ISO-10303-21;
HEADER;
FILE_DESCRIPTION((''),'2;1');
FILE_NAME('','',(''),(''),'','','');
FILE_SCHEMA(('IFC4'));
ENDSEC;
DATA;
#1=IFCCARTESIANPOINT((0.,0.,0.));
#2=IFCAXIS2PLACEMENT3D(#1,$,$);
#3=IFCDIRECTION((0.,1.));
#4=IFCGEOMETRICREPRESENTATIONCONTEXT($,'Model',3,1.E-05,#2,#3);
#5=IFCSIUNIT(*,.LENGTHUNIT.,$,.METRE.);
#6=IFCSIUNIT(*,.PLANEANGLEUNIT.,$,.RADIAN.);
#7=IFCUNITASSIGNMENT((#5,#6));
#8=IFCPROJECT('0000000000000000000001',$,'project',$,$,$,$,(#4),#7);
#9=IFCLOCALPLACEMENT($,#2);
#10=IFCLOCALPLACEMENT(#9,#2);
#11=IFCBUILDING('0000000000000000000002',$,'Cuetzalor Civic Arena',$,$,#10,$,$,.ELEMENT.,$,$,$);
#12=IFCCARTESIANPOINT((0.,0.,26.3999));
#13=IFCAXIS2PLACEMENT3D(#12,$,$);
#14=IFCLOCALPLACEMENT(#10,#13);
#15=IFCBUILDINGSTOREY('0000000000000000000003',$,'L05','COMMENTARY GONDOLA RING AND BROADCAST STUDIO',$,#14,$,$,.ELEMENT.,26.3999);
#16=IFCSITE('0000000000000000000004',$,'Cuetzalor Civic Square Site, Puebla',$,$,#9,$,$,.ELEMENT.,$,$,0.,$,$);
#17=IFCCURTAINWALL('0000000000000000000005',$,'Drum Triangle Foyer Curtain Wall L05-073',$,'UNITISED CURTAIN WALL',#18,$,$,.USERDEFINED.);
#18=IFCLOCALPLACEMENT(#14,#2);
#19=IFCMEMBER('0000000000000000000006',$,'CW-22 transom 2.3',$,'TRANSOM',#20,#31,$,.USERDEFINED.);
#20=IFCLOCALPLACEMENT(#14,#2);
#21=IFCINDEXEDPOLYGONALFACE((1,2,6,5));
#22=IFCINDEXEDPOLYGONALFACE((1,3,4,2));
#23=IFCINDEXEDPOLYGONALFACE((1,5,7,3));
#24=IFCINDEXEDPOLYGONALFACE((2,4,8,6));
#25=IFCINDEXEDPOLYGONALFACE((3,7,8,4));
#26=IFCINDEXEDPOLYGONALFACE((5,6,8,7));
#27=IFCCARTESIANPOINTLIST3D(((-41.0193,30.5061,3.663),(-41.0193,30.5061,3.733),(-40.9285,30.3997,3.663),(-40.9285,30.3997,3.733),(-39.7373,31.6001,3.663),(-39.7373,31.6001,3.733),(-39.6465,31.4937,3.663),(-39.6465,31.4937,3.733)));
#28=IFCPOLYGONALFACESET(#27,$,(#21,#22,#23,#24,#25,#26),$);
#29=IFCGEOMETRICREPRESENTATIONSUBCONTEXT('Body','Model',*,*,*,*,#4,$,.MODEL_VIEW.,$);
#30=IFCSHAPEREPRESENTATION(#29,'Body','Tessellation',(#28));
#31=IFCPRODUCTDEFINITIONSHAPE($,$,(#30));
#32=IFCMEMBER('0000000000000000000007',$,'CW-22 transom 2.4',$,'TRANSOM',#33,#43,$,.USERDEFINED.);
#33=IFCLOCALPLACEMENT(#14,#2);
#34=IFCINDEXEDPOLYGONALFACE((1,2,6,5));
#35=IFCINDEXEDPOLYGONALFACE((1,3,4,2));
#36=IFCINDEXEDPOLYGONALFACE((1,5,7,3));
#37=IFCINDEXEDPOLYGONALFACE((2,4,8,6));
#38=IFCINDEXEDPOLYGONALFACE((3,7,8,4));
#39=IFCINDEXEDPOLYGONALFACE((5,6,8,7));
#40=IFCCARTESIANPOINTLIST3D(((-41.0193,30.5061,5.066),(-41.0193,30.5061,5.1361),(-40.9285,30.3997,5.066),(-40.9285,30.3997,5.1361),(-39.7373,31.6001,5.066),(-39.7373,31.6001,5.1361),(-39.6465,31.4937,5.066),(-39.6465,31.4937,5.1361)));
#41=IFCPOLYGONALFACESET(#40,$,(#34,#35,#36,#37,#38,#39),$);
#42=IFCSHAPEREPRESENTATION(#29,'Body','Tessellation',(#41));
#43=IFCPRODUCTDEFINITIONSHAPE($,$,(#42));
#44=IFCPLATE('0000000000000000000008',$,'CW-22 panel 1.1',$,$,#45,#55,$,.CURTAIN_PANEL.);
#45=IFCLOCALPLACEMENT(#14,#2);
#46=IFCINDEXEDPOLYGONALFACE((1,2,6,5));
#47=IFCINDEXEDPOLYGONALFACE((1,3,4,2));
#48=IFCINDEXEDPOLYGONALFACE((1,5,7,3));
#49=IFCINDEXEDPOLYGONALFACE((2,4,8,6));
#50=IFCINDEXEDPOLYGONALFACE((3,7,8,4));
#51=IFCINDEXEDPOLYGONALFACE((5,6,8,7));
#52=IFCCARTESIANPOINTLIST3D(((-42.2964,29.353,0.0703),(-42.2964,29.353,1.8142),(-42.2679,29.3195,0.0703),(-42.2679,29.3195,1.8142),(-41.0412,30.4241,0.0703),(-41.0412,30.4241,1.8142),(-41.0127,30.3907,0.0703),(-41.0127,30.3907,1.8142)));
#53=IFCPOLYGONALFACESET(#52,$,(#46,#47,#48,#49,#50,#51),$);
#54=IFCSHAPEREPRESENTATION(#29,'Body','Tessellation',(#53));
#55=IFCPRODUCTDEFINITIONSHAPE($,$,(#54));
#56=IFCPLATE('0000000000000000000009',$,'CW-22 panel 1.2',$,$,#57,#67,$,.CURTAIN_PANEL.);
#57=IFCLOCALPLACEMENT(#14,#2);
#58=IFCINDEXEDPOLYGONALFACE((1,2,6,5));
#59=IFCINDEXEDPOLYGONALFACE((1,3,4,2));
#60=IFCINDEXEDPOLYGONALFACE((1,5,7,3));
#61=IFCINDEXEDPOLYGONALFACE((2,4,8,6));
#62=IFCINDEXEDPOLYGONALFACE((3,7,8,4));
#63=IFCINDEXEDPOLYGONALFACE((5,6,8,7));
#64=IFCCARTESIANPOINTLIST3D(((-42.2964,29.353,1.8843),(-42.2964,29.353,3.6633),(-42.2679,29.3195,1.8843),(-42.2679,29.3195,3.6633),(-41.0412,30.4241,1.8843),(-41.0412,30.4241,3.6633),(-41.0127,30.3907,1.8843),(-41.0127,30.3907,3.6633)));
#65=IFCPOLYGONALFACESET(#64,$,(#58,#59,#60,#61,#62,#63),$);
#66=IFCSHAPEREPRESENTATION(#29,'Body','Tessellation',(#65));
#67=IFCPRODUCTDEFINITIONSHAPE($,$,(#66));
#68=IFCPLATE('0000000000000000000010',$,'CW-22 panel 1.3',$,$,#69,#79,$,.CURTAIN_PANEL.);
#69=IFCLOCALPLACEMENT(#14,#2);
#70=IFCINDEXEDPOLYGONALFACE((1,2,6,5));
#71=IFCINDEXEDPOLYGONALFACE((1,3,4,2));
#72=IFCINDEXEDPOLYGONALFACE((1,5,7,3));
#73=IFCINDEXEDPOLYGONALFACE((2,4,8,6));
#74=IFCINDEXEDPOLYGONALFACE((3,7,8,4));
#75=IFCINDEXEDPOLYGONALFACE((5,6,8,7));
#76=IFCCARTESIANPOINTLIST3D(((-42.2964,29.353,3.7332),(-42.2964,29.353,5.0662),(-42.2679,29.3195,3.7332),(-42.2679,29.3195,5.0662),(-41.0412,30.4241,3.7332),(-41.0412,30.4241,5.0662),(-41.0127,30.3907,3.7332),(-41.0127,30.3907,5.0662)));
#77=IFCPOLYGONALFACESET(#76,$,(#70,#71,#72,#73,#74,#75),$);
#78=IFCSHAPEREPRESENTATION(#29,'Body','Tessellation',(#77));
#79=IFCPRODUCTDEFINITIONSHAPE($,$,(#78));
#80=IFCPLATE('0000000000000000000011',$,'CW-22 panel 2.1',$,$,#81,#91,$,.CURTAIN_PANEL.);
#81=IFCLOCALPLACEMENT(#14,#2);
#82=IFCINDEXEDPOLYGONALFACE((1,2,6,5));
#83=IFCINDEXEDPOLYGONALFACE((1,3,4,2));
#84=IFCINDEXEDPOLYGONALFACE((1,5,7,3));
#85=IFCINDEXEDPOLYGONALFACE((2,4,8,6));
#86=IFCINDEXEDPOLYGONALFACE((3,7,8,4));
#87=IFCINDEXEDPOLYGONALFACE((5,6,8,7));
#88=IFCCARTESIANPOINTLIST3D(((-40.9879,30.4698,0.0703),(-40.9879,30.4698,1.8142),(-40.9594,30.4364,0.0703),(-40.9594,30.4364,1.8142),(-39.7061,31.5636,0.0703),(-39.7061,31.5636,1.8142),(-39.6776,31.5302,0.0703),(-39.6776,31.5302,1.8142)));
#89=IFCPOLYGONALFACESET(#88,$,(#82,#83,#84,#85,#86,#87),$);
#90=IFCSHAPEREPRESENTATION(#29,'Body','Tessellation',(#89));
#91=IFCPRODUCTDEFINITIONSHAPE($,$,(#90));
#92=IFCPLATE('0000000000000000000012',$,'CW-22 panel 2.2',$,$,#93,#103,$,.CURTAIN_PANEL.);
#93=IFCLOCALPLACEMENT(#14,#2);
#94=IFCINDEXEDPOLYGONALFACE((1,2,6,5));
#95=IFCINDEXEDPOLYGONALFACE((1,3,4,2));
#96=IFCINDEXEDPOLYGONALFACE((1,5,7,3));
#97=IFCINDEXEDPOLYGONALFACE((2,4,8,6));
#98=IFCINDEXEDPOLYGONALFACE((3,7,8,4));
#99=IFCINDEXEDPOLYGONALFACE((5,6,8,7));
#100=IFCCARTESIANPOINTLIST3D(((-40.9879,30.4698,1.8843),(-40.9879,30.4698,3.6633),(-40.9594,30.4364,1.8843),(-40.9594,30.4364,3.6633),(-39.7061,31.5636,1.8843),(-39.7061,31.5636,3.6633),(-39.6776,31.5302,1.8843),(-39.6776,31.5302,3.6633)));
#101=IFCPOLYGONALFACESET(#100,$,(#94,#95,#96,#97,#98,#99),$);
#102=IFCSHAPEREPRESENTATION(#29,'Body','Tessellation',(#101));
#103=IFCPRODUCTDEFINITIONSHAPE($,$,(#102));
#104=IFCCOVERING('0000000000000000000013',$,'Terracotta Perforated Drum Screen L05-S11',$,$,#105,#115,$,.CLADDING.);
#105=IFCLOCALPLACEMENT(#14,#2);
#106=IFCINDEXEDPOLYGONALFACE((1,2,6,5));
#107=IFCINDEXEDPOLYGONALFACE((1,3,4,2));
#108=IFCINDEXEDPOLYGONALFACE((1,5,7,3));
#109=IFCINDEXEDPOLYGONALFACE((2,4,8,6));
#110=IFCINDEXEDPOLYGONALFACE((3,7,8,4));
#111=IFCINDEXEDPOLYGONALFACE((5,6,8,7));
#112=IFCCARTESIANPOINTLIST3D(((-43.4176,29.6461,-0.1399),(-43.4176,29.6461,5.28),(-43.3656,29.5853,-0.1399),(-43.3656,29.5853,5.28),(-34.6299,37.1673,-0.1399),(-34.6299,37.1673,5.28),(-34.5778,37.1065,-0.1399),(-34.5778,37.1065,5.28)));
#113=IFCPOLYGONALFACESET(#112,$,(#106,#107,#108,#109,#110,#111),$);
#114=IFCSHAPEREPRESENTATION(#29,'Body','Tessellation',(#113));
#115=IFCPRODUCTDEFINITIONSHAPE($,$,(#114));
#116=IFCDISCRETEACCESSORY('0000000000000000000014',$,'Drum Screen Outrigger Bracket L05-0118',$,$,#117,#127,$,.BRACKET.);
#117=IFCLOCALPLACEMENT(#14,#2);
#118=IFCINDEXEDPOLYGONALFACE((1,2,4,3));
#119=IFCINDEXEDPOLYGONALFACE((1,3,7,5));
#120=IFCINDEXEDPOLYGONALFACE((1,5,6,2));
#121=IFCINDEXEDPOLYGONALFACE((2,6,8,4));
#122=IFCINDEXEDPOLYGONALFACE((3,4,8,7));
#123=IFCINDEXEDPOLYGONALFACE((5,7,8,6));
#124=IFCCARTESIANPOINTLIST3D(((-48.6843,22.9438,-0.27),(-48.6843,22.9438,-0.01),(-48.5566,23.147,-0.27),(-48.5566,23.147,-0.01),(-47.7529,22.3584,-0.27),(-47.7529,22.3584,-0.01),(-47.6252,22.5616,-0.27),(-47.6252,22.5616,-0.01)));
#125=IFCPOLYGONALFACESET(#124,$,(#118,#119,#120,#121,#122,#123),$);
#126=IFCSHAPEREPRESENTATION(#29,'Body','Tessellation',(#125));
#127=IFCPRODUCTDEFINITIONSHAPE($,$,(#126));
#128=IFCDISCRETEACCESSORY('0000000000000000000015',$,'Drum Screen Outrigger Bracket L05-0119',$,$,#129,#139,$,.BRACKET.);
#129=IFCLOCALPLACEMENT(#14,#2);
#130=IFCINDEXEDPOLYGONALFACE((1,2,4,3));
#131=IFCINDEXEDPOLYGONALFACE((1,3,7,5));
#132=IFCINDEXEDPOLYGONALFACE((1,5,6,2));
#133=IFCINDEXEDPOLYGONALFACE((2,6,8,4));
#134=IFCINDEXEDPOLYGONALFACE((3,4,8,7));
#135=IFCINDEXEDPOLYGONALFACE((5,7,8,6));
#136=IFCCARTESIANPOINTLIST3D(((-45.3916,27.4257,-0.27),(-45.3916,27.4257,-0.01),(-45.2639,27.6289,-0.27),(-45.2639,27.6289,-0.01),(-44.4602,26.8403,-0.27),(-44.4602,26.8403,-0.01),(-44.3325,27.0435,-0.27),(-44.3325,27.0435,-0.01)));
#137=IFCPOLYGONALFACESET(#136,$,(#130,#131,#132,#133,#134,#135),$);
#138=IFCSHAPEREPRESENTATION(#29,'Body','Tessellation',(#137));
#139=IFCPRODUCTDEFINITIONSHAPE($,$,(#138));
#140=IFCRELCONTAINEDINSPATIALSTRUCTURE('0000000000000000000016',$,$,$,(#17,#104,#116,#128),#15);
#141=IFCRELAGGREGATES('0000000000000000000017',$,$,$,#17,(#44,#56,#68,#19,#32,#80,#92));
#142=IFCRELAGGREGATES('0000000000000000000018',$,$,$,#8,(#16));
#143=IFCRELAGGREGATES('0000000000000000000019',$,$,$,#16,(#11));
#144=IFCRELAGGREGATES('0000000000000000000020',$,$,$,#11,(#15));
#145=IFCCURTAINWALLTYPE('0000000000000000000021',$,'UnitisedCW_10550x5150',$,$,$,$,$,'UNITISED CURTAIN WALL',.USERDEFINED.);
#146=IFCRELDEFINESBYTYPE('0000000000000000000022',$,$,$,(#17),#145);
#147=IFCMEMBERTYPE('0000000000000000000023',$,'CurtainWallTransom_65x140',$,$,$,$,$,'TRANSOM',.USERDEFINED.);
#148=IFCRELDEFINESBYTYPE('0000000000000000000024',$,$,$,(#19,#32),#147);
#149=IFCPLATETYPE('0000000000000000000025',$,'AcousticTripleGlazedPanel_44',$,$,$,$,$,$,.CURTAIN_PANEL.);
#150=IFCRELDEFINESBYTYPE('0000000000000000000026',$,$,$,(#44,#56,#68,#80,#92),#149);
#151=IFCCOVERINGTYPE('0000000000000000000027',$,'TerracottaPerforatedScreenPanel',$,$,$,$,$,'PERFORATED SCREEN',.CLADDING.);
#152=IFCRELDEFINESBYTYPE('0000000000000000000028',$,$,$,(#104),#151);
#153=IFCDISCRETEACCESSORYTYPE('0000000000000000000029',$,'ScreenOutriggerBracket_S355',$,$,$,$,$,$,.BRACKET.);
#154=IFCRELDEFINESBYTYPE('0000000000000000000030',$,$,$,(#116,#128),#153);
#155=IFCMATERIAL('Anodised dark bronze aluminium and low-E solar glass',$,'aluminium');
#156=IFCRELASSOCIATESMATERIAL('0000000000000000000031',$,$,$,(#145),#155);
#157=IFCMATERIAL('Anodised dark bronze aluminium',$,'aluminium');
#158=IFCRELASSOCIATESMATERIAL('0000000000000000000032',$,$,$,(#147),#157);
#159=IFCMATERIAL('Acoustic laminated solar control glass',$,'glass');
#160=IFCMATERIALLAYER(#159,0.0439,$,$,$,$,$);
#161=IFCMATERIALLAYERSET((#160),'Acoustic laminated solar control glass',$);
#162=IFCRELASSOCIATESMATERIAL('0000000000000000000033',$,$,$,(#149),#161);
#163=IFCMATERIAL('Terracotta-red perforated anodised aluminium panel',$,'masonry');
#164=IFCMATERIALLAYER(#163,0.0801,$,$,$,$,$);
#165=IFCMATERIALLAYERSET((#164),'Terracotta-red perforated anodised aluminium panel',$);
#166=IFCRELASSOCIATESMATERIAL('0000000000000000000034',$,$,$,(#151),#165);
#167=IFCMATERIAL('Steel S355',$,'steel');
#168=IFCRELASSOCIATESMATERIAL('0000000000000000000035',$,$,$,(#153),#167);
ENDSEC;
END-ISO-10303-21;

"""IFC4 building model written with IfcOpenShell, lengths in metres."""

from ifc_helpers import new_model, si_unit, direction, frame, frame_2d, origin, origin_2d, place, context, subcontext, project, spatial, rectangle, extrude, material, layer, layer_set, material_profile, profile_set, type_object, element, aggregate, save


model = new_model("IFC4")

# Units and contexts
model_context = context("Model", 3, precision=1e-05, world=origin(), true_north=direction((0.0, 1.0)))
body_context = subcontext(model_context, "Body", "Model", "MODEL_VIEW")
ifc_project = project(units=[si_unit("LENGTHUNIT", "METRE"), si_unit("PLANEANGLEUNIT", "RADIAN")], contexts=[model_context])

# Site, building, storey
site_placement = place(None, origin())
site = spatial("IfcSite", under=ifc_project, at=site_placement, Name="Cuetzalor Civic Square Site, Puebla", CompositionType="ELEMENT", RefElevation=0.0)
building_placement = place(site_placement, origin())
building = spatial("IfcBuilding", under=site, at=building_placement, Name="Cuetzalor Civic Arena", CompositionType="ELEMENT")
storey_placement = place(building_placement, frame((0.0, 0.0, 26.3999)))
storey = spatial("IfcBuildingStorey", under=building, at=storey_placement, Name="L05", Description="COMMENTARY GONDOLA RING AND BROADCAST STUDIO", CompositionType="ELEMENT", Elevation=26.3999)

# Curtain wall, members, plates
ifc_material_1 = material(Name="Anodised dark bronze aluminium and low-E solar glass", Category="aluminium")
curtain_wall_type = type_object("IfcCurtainWallType", Name="UnitisedCW_10550x5150", ElementType="UNITISED CURTAIN WALL", PredefinedType="USERDEFINED", material=ifc_material_1)
curtain_wall_placement = place(storey_placement, origin())
curtain_wall = element("IfcCurtainWall", 1, at=curtain_wall_placement, inside=storey, type_object=curtain_wall_type, Name="Drum Triangle Foyer Curtain Wall L05-073", ObjectType="UNITISED CURTAIN WALL", PredefinedType="USERDEFINED")
ifc_material_2 = material(Name="Anodised dark bronze aluminium", Category="aluminium")
ifc_material_profile_1 = material_profile(ifc_material_2, rectangle(XDim=0.1399, YDim=0.0701, at=origin_2d()), Name="ALU TRANSOM 70x140")
ifc_profile_set_1 = profile_set([ifc_material_profile_1], Name="Anodised dark bronze aluminium")
member_type_1 = type_object("IfcMemberType", Name="CurtainWallTransom_65x140", ElementType="TRANSOM", PredefinedType="USERDEFINED", material=ifc_profile_set_1)
member_1_placement = place(storey_placement, frame((-40.9739, 30.4529, 3.698), z_axis=(0.760676, 0.649132, 0.0), x_axis=(-0.649132, 0.760676, 0.0)))
member_1 = element("IfcMember", 2, at=member_1_placement, type_object=member_type_1, Name="CW-22 transom 2.3", ObjectType="TRANSOM", PredefinedType="USERDEFINED", context=body_context, shape_type="SweptSolid", body=[
    extrude(rectangle(XDim=0.1399, YDim=0.0701, at=origin_2d()), origin(), (0.0, 0.0, 1.0), 1.6853),
])
member_2_placement = place(storey_placement, frame((-40.9739, 30.4529, 5.1011), z_axis=(0.760676, 0.649132, 0.0), x_axis=(-0.649132, 0.760676, 0.0)))
member_2 = element("IfcMember", 3, at=member_2_placement, type_object=member_type_1, Name="CW-22 transom 2.4", ObjectType="TRANSOM", PredefinedType="USERDEFINED", context=body_context, shape_type="SweptSolid", body=[
    extrude(rectangle(XDim=0.1399, YDim=0.0701, at=origin_2d()), origin(), (0.0, 0.0, 1.0), 1.6853),
])
ifc_material_3 = material(Name="Acoustic laminated solar control glass", Category="glass")
ifc_layer_1 = layer(ifc_material_3, 0.0439)
ifc_layer_set_1 = layer_set([ifc_layer_1], Name="Acoustic laminated solar control glass")
plate_type = type_object("IfcPlateType", Name="AcousticTripleGlazedPanel_44", PredefinedType="CURTAIN_PANEL", material=ifc_layer_set_1)
plate_1_placement = place(storey_placement, frame((-41.6545, 29.8718, 0.0703), z_axis=(0.0, 0.0, 1.0), x_axis=(0.760677, 0.64913, 0.0)))
plate_1 = element("IfcPlate", 4, at=plate_1_placement, type_object=plate_type, Name="CW-22 panel 1.1", PredefinedType="CURTAIN_PANEL", context=body_context, shape_type="SweptSolid", body=[
    extrude(rectangle(XDim=1.6501, YDim=0.0439, at=origin_2d()), origin(), (0.0, 0.0, 1.0), 1.7439),
])
plate_2_placement = place(storey_placement, frame((-41.6545, 29.8718, 1.8843), z_axis=(0.0, 0.0, 1.0), x_axis=(0.760677, 0.64913, 0.0)))
plate_2 = element("IfcPlate", 5, at=plate_2_placement, type_object=plate_type, Name="CW-22 panel 1.2", PredefinedType="CURTAIN_PANEL", context=body_context, shape_type="SweptSolid", body=[
    extrude(rectangle(XDim=1.6501, YDim=0.0439, at=origin_2d()), origin(), (0.0, 0.0, 1.0), 1.7791),
])
plate_3_placement = place(storey_placement, frame((-41.6545, 29.8718, 3.7332), z_axis=(0.0, 0.0, 1.0), x_axis=(0.760677, 0.64913, 0.0)))
plate_3 = element("IfcPlate", 6, at=plate_3_placement, type_object=plate_type, Name="CW-22 panel 1.3", PredefinedType="CURTAIN_PANEL", context=body_context, shape_type="SweptSolid", body=[
    extrude(rectangle(XDim=1.6501, YDim=0.0439, at=origin_2d()), origin(), (0.0, 0.0, 1.0), 1.333),
])
plate_4_placement = place(storey_placement, frame((-40.3328, 31.0, 0.0703), z_axis=(0.0, 0.0, 1.0), x_axis=(0.760677, 0.64913, 0.0)))
plate_4 = element("IfcPlate", 7, at=plate_4_placement, type_object=plate_type, Name="CW-22 panel 2.1", PredefinedType="CURTAIN_PANEL", context=body_context, shape_type="SweptSolid", body=[
    extrude(rectangle(XDim=1.6851, YDim=0.0439, at=origin_2d()), origin(), (0.0, 0.0, 1.0), 1.7439),
])
plate_5_placement = place(storey_placement, frame((-40.3328, 31.0, 1.8843), z_axis=(0.0, 0.0, 1.0), x_axis=(0.760677, 0.64913, 0.0)))
plate_5 = element("IfcPlate", 8, at=plate_5_placement, type_object=plate_type, Name="CW-22 panel 2.2", PredefinedType="CURTAIN_PANEL", context=body_context, shape_type="SweptSolid", body=[
    extrude(rectangle(XDim=1.6851, YDim=0.0439, at=origin_2d()), origin(), (0.0, 0.0, 1.0), 1.7791),
])
aggregate(curtain_wall, [plate_1, plate_2, plate_3, member_1, member_2, plate_4, plate_5])

# Covering
ifc_material_4 = material(Name="Terracotta-red perforated anodised aluminium panel", Category="masonry")
ifc_layer_2 = layer(ifc_material_4, 0.0801)
ifc_layer_set_2 = layer_set([ifc_layer_2], Name="Terracotta-red perforated anodised aluminium panel")
covering_type = type_object("IfcCoveringType", Name="TerracottaPerforatedScreenPanel", ElementType="PERFORATED SCREEN", PredefinedType="CLADDING", material=ifc_layer_set_2)
covering_placement = place(storey_placement, frame((-43.3916, 29.6157, -0.1399), z_axis=(0.0, 0.0, 1.0), x_axis=(0.759735, 0.650233, 0.0)))
element("IfcCovering", 9, at=covering_placement, inside=storey, type_object=covering_type, Name="Terracotta Perforated Drum Screen L05-S11", PredefinedType="CLADDING", context=body_context, shape_type="SweptSolid", body=[
    extrude(rectangle(XDim=11.5669, YDim=0.0801, at=frame_2d((5.7834, 0.0))), origin(), (0.0, 0.0, 1.0), 5.4199),
])

# Discrete accessories
ifc_material_5 = material(Name="Steel S355", Category="steel")
discrete_accessory_type = type_object("IfcDiscreteAccessoryType", Name="ScreenOutriggerBracket_S355", PredefinedType="BRACKET", material=ifc_material_5)
for number, where, z_axis, x_axis, name in (
    (10, (-48.1548, 22.7527, -0.27), (0.0, 0.0, 1.0), (-0.846658, 0.532138, 0.0), "Drum Screen Outrigger Bracket L05-0118"),
    (11, (-44.8621, 27.2346, -0.27), (0.0, 0.0, 1.0), (-0.846658, 0.532138, 0.0), "Drum Screen Outrigger Bracket L05-0119"),
):
    element("IfcDiscreteAccessory", number, at=place(storey_placement, frame(where, z_axis=z_axis, x_axis=x_axis)), inside=storey, type_object=discrete_accessory_type, Name=name, PredefinedType="BRACKET", context=body_context, shape_type="SweptSolid", body=[
        extrude(rectangle(XDim=1.1001, YDim=0.24, at=origin_2d()), origin(), (0.0, 0.0, 1.0), 0.26),
    ])

save(model, "model.ifc")
